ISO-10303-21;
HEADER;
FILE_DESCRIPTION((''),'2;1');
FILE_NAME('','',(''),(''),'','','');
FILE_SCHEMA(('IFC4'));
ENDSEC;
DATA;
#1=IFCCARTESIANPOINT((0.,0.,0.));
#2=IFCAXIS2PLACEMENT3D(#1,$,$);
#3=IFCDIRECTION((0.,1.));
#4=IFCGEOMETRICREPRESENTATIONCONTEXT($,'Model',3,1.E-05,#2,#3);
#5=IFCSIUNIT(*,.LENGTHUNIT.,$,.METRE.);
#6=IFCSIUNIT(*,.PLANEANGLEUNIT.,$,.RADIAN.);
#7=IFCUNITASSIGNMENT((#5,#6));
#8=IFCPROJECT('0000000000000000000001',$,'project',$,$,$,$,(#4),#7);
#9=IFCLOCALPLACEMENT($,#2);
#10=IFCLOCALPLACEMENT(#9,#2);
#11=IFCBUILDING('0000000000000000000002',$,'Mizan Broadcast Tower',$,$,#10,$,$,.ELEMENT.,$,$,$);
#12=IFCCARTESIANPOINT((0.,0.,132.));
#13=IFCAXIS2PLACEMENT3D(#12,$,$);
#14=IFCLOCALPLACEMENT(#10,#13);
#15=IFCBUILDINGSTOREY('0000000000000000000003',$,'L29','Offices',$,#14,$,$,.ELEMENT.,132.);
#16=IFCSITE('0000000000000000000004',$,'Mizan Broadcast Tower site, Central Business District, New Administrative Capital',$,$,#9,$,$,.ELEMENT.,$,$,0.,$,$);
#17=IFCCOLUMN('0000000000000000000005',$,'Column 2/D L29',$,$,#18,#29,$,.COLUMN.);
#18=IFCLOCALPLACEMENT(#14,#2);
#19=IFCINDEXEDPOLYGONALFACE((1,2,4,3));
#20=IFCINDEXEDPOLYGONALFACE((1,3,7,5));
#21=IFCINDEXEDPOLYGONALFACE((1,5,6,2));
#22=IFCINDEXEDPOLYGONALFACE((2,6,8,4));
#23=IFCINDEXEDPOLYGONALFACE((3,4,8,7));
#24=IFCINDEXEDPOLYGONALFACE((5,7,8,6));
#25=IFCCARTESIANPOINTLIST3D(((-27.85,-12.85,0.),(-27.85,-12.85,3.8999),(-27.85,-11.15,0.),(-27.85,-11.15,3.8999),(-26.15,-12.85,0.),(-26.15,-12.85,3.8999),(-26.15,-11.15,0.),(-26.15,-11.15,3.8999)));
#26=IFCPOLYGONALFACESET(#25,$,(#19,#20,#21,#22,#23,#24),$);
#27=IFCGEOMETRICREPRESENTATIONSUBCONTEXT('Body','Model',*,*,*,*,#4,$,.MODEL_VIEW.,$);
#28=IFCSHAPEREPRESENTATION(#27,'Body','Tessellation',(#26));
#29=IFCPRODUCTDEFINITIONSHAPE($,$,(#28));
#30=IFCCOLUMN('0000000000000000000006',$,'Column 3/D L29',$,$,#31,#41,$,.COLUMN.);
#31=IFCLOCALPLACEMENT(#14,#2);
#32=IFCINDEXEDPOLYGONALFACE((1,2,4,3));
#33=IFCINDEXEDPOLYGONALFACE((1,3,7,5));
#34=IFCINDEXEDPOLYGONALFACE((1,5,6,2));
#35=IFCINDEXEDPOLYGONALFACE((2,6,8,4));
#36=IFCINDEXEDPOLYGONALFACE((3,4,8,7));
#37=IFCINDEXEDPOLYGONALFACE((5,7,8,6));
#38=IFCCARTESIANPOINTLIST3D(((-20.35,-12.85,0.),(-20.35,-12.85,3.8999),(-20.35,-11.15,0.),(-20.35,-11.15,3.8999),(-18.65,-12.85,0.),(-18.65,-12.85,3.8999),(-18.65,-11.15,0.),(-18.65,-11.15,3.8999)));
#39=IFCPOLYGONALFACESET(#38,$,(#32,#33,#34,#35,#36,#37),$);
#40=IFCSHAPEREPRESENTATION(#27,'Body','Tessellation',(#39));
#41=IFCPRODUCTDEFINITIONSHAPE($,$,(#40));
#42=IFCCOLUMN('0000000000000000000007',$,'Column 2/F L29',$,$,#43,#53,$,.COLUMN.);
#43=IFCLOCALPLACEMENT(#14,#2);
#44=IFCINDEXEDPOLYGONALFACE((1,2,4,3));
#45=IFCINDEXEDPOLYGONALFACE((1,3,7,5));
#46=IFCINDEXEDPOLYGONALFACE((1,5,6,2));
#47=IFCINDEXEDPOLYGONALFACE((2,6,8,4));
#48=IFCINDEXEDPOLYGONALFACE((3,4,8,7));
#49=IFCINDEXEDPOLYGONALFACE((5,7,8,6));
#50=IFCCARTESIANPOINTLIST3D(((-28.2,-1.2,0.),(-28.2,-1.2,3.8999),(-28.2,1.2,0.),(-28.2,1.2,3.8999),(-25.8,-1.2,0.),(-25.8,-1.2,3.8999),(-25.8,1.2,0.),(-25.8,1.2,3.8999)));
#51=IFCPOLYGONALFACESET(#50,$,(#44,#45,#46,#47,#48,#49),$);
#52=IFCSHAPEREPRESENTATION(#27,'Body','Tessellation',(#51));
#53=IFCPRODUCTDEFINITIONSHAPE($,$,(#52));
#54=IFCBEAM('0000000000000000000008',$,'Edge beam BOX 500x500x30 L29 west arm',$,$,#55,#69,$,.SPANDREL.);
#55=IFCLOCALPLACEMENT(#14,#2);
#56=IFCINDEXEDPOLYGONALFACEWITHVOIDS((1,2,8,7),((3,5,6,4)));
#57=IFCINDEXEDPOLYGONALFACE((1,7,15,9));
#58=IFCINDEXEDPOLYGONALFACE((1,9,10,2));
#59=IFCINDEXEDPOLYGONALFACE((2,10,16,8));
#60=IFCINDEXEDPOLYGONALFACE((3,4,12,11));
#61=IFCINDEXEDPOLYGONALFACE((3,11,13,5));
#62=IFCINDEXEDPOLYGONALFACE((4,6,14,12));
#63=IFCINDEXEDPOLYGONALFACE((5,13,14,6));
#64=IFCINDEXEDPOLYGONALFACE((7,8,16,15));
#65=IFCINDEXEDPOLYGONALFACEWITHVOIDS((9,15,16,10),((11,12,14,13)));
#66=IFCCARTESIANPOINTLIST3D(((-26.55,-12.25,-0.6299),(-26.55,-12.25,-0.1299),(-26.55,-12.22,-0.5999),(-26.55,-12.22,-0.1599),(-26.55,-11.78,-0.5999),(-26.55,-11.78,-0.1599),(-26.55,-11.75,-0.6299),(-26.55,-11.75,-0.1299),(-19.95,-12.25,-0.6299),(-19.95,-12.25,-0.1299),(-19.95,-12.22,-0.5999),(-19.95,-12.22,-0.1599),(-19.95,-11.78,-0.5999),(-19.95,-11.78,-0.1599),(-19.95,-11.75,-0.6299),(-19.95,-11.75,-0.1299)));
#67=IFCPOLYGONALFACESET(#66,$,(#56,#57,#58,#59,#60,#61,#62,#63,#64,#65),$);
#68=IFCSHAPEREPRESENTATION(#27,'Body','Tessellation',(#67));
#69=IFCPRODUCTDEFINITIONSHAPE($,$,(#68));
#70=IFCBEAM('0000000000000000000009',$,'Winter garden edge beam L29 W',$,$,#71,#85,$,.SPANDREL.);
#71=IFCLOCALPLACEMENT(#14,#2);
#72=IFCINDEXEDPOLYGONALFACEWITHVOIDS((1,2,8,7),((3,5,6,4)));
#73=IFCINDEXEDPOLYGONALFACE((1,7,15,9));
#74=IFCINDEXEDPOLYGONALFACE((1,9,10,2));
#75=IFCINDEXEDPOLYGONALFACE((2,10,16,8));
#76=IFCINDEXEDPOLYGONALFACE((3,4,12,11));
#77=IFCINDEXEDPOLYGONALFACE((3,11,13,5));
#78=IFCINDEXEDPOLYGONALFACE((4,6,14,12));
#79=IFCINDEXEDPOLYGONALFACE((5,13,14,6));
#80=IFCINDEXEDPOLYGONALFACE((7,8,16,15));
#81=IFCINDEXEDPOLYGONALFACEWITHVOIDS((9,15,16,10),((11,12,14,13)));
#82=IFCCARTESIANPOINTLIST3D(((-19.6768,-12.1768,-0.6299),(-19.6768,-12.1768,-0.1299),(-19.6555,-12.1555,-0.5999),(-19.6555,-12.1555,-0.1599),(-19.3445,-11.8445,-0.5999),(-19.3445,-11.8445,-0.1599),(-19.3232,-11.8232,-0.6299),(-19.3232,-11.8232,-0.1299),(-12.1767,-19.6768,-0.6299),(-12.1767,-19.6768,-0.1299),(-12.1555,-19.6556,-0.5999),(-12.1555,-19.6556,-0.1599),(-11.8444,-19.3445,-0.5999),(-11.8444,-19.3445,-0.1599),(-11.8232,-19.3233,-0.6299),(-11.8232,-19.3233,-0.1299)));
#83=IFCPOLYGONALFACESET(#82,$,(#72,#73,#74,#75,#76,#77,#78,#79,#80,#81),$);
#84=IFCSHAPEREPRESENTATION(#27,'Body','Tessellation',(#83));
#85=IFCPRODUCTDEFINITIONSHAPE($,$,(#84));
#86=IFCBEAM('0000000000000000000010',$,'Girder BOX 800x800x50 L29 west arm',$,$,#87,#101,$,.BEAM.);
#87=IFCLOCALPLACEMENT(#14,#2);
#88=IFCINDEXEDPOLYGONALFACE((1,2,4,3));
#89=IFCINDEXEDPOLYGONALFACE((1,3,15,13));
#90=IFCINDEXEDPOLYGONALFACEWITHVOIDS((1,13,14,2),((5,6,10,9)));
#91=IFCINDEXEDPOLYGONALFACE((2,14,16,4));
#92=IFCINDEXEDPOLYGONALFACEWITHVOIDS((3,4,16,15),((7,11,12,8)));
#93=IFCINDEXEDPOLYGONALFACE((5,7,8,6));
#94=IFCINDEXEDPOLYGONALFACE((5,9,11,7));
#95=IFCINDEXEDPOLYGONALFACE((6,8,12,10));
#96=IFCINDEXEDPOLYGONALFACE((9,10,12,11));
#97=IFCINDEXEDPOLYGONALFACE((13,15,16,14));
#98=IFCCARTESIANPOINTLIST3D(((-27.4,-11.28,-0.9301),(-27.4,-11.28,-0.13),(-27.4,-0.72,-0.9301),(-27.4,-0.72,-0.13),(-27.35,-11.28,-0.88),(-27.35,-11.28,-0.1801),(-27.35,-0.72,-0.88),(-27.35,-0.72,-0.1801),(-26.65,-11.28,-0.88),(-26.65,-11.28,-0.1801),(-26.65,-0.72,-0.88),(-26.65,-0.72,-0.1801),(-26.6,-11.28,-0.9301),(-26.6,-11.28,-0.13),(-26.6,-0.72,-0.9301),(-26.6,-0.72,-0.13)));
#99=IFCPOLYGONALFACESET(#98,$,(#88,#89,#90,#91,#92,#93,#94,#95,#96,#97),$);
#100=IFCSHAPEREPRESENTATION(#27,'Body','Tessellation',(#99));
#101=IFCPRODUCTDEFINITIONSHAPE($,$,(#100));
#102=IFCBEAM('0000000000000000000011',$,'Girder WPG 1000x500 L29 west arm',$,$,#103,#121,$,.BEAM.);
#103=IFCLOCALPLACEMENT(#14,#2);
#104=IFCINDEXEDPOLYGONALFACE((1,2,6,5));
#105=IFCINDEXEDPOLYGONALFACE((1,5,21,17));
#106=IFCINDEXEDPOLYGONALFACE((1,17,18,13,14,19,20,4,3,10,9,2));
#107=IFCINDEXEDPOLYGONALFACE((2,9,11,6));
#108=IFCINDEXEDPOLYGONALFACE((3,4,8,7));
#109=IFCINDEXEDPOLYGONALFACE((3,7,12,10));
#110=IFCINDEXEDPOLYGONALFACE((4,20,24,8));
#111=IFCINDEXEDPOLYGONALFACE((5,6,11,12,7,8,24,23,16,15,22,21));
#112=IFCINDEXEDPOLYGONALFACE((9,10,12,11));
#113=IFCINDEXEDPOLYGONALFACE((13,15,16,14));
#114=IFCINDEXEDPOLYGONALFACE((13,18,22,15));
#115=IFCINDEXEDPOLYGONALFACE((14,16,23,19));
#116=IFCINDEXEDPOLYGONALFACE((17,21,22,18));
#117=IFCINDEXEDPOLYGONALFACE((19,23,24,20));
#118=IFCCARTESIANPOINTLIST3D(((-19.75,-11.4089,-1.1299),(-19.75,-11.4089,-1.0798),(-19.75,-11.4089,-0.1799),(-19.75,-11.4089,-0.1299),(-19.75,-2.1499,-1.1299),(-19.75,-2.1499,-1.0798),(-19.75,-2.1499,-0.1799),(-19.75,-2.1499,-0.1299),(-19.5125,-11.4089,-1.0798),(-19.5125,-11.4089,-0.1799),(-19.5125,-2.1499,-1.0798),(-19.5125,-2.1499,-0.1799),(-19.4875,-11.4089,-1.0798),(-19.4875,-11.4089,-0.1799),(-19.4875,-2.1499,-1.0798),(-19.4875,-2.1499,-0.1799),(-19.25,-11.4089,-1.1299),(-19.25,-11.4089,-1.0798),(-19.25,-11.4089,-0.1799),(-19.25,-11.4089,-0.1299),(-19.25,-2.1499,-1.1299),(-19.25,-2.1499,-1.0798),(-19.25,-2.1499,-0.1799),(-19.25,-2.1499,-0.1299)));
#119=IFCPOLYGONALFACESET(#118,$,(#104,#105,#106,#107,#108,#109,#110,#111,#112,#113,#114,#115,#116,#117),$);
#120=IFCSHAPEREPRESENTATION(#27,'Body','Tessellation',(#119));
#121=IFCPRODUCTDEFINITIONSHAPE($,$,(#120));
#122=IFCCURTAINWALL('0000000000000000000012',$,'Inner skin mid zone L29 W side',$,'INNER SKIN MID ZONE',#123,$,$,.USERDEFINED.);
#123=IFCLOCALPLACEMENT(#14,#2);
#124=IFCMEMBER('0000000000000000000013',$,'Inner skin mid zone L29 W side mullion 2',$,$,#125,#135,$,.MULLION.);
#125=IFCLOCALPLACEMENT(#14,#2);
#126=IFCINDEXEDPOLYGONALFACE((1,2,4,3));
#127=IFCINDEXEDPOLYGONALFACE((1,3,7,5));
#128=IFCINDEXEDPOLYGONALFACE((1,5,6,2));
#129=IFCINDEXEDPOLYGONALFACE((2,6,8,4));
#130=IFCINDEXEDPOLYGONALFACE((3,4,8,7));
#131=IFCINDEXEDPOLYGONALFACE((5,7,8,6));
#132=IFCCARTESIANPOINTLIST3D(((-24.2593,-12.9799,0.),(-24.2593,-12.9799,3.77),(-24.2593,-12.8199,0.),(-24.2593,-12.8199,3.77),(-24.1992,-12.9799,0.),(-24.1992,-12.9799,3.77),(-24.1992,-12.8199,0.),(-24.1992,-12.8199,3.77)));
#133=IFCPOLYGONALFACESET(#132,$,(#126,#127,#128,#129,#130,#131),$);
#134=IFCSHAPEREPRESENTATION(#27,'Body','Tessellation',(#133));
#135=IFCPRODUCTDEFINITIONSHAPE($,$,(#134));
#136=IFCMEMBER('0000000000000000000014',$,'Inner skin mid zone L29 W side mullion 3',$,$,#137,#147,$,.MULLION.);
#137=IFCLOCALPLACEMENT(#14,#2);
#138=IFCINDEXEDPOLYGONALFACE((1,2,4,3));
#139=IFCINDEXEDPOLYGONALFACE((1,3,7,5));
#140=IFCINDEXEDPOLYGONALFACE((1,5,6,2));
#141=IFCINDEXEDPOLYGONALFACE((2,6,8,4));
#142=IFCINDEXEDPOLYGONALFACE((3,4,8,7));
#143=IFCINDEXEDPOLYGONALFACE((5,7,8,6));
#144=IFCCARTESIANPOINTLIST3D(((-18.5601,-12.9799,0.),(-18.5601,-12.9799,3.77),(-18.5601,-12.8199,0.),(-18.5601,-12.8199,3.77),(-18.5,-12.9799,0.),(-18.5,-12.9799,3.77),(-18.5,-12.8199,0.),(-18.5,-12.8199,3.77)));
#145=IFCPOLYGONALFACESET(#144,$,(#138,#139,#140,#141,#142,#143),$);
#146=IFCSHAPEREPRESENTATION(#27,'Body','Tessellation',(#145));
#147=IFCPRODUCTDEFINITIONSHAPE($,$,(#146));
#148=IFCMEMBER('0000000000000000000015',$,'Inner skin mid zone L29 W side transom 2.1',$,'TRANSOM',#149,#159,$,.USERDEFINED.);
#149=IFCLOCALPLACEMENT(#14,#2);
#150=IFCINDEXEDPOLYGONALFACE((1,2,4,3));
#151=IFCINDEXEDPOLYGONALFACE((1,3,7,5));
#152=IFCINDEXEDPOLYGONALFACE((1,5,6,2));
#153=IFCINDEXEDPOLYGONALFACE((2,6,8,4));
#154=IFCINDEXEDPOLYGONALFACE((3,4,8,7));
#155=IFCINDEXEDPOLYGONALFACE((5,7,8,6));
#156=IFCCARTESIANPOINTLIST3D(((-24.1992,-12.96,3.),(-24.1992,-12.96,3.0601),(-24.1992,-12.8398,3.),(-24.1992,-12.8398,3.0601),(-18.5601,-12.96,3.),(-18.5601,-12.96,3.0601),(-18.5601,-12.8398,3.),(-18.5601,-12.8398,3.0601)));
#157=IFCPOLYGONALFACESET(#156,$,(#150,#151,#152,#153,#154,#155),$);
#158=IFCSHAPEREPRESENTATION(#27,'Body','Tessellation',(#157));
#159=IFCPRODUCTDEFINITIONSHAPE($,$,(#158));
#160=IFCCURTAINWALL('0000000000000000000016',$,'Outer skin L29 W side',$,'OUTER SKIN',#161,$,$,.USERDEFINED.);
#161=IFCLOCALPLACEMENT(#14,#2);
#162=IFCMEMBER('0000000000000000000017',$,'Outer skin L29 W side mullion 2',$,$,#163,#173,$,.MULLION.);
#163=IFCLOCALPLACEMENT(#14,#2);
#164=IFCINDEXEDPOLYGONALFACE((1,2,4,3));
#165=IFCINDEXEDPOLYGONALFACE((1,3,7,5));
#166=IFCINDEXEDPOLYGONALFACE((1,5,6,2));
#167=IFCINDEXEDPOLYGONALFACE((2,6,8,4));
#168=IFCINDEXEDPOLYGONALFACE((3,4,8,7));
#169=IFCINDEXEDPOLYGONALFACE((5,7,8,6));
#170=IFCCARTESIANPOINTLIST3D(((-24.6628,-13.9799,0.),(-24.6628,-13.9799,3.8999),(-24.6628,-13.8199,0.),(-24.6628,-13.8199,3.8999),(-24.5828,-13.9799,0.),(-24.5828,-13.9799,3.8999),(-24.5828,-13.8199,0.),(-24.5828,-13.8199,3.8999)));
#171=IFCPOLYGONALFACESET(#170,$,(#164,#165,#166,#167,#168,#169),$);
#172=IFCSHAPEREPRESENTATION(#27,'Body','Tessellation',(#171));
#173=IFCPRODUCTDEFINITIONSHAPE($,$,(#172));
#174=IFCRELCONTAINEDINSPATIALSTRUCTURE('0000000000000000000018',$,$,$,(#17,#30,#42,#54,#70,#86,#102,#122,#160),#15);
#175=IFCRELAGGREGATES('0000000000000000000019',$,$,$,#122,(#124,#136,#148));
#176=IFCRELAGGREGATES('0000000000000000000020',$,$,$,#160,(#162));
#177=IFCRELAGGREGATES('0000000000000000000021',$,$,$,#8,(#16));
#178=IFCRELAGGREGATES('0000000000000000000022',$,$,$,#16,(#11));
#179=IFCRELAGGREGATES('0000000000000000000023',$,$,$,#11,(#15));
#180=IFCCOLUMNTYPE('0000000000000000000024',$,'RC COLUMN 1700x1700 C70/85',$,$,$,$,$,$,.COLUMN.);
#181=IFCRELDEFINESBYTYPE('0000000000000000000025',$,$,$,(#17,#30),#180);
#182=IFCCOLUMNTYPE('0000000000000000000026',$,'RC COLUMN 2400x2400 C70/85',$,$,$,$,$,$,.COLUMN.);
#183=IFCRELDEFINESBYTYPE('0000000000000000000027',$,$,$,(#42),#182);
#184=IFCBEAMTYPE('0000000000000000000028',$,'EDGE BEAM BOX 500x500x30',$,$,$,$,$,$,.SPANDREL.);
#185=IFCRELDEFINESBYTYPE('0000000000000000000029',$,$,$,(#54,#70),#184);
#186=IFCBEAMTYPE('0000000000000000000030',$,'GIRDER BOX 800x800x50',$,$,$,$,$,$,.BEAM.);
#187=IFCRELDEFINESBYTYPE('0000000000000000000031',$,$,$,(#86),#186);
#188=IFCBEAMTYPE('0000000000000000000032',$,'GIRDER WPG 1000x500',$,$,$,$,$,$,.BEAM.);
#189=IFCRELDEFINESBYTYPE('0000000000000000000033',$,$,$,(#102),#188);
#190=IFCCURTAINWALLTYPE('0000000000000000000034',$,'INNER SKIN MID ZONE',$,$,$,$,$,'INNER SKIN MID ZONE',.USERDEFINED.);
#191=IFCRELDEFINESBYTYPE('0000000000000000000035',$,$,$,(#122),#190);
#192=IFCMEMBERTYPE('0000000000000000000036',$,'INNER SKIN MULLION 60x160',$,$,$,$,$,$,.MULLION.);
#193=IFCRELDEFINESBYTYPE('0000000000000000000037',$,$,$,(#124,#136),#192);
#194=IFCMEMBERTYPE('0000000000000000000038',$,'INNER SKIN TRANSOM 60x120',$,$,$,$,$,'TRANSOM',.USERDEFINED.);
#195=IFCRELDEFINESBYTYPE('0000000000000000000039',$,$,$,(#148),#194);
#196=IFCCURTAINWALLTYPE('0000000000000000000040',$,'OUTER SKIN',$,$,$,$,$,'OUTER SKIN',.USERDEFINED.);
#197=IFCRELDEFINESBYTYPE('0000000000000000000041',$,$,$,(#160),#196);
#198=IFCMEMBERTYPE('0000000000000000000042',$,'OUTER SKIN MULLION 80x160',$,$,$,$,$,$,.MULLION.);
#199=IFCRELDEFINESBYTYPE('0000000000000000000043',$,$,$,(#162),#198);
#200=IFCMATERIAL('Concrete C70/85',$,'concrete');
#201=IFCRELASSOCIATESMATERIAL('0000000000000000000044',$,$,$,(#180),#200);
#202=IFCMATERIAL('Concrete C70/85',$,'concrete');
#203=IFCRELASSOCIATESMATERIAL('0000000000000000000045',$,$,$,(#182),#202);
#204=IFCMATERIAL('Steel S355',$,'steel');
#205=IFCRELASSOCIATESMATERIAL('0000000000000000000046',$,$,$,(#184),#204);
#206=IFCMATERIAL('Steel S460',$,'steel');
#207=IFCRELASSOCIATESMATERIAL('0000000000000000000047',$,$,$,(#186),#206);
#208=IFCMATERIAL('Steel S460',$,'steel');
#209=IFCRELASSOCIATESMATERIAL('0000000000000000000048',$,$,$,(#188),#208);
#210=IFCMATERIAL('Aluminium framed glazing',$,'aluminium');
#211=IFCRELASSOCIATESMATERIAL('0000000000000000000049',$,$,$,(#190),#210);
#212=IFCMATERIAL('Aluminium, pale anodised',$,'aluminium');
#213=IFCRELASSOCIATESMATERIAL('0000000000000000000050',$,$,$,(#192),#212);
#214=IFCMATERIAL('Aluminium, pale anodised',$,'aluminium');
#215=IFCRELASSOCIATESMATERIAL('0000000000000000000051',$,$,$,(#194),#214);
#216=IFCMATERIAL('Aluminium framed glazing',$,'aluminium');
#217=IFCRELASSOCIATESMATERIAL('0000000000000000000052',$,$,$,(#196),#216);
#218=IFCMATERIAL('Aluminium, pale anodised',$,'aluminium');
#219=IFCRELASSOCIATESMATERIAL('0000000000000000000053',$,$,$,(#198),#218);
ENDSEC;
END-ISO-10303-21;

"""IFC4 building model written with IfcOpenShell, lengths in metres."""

from ifc_helpers import new_model, si_unit, direction, frame, origin, origin_2d, place, context, subcontext, project, spatial, rectangle, hollow_rectangle, i_section, extrude, material, material_profile, profile_set, type_object, element, aggregate, save


model = new_model("IFC4")

# Units and contexts
model_context = context("Model", 3, precision=1e-05, world=origin(), true_north=direction((0.0, 1.0)))
body_context = subcontext(model_context, "Body", "Model", "MODEL_VIEW")
ifc_project = project(units=[si_unit("LENGTHUNIT", "METRE"), si_unit("PLANEANGLEUNIT", "RADIAN")], contexts=[model_context])

# Site, building, storey
site_placement = place(None, origin())
site = spatial("IfcSite", under=ifc_project, at=site_placement, Name="Mizan Broadcast Tower site, Central Business District, New Administrative Capital", CompositionType="ELEMENT", RefElevation=0.0)
building_placement = place(site_placement, origin())
building = spatial("IfcBuilding", under=site, at=building_placement, Name="Mizan Broadcast Tower", CompositionType="ELEMENT")
storey_placement = place(building_placement, frame((0.0, 0.0, 132.0)))
storey = spatial("IfcBuildingStorey", under=building, at=storey_placement, Name="L29", Description="Offices", CompositionType="ELEMENT", Elevation=132.0)

# Columns
ifc_material_1 = material(Name="Concrete C70/85", Category="concrete")
ifc_material_profile_1 = material_profile(ifc_material_1, rectangle(XDim=1.7, YDim=1.7, at=origin_2d()), Name="RC 1700x1700")
ifc_profile_set_1 = profile_set([ifc_material_profile_1], Name="Concrete C70/85")
column_type_1 = type_object("IfcColumnType", Name="RC COLUMN 1700x1700 C70/85", PredefinedType="COLUMN", material=ifc_profile_set_1)
for number, where, z_axis, x_axis, name in (
    (1, (-27.0, -12.0, 0.0), (0.0, 0.0, 1.0), (1.0, 0.0, 0.0), "Column 2/D L29"),
    (2, (-19.5, -12.0, 0.0), (0.0, 0.0, 1.0), (1.0, 0.0, 0.0), "Column 3/D L29"),
):
    element("IfcColumn", number, at=place(storey_placement, frame(where, z_axis=z_axis, x_axis=x_axis)), inside=storey, type_object=column_type_1, Name=name, PredefinedType="COLUMN", context=body_context, shape_type="SweptSolid", body=[
        extrude(rectangle(XDim=1.7, YDim=1.7, at=origin_2d()), origin(), (0.0, 0.0, 1.0), 3.8999),
    ])
ifc_material_2 = material(Name="Concrete C70/85", Category="concrete")
ifc_material_profile_2 = material_profile(ifc_material_2, rectangle(XDim=2.3999, YDim=2.3999, at=origin_2d()), Name="RC 2400x2400")
ifc_profile_set_2 = profile_set([ifc_material_profile_2], Name="Concrete C70/85")
column_type_2 = type_object("IfcColumnType", Name="RC COLUMN 2400x2400 C70/85", PredefinedType="COLUMN", material=ifc_profile_set_2)
column_placement = place(storey_placement, frame((-27.0, 0.0, 0.0), z_axis=(0.0, 0.0, 1.0), x_axis=(1.0, 0.0, 0.0)))
element("IfcColumn", 3, at=column_placement, inside=storey, type_object=column_type_2, Name="Column 2/F L29", PredefinedType="COLUMN", context=body_context, shape_type="SweptSolid", body=[
    extrude(rectangle(XDim=2.3999, YDim=2.3999, at=origin_2d()), origin(), (0.0, 0.0, 1.0), 3.8999),
])

# Beams
ifc_material_3 = material(Name="Steel S355", Category="steel")
ifc_material_profile_3 = material_profile(ifc_material_3, hollow_rectangle(XDim=0.5, YDim=0.5, WallThickness=0.03, at=origin_2d()), Name="BOX 500x500x30")
ifc_profile_set_3 = profile_set([ifc_material_profile_3], Name="Steel S355")
beam_type_1 = type_object("IfcBeamType", Name="EDGE BEAM BOX 500x500x30", PredefinedType="SPANDREL", material=ifc_profile_set_3)
beam_1_placement = place(storey_placement, frame((-19.95, -12.0, -0.3799), z_axis=(-1.0, 0.0, 0.0), x_axis=(0.0, -1.0, 0.0)))
element("IfcBeam", 4, at=beam_1_placement, inside=storey, type_object=beam_type_1, Name="Edge beam BOX 500x500x30 L29 west arm", PredefinedType="SPANDREL", context=body_context, shape_type="SweptSolid", body=[
    extrude(hollow_rectangle(XDim=0.5, YDim=0.5, WallThickness=0.03, at=origin_2d()), origin(), (0.0, 0.0, 1.0), 6.6001),
])
beam_2_placement = place(storey_placement, frame((-19.5, -12.0, -0.3799), z_axis=(0.707107, -0.707107, 0.0), x_axis=(0.707107, 0.707107, 0.0)))
element("IfcBeam", 5, at=beam_2_placement, inside=storey, type_object=beam_type_1, Name="Winter garden edge beam L29 W", PredefinedType="SPANDREL", context=body_context, shape_type="SweptSolid", body=[
    extrude(hollow_rectangle(XDim=0.5, YDim=0.5, WallThickness=0.03, at=origin_2d()), origin(), (0.0, 0.0, 1.0), 10.6067),
])
ifc_material_4 = material(Name="Steel S460", Category="steel")
ifc_material_profile_4 = material_profile(ifc_material_4, hollow_rectangle(XDim=0.8, YDim=0.8, WallThickness=0.05, at=origin_2d()), Name="BOX 800x800x50")
ifc_profile_set_4 = profile_set([ifc_material_profile_4], Name="Steel S460")
beam_type_2 = type_object("IfcBeamType", Name="GIRDER BOX 800x800x50", PredefinedType="BEAM", material=ifc_profile_set_4)
beam_3_placement = place(storey_placement, frame((-27.0, -11.28, -0.53), z_axis=(0.0, 1.0, 0.0), x_axis=(-1.0, 0.0, 0.0)))
element("IfcBeam", 6, at=beam_3_placement, inside=storey, type_object=beam_type_2, Name="Girder BOX 800x800x50 L29 west arm", PredefinedType="BEAM", context=body_context, shape_type="SweptSolid", body=[
    extrude(hollow_rectangle(XDim=0.8, YDim=0.8, WallThickness=0.05, at=origin_2d()), origin(), (0.0, 0.0, 1.0), 10.5601),
])
ifc_material_5 = material(Name="Steel S460", Category="steel")
ifc_material_profile_5 = material_profile(ifc_material_5, i_section(OverallWidth=0.5, OverallDepth=1.0, WebThickness=0.0249, FlangeThickness=0.05, at=origin_2d()), Name="WPG 1000x500")
ifc_profile_set_5 = profile_set([ifc_material_profile_5], Name="Steel S460")
beam_type_3 = type_object("IfcBeamType", Name="GIRDER WPG 1000x500", PredefinedType="BEAM", material=ifc_profile_set_5)
beam_4_placement = place(storey_placement, frame((-19.5, -11.4089, -0.6299), z_axis=(0.0, 1.0, 0.0), x_axis=(-1.0, 0.0, 0.0)))
element("IfcBeam", 7, at=beam_4_placement, inside=storey, type_object=beam_type_3, Name="Girder WPG 1000x500 L29 west arm", PredefinedType="BEAM", context=body_context, shape_type="SweptSolid", body=[
    extrude(i_section(OverallWidth=0.5, OverallDepth=1.0, WebThickness=0.0249, FlangeThickness=0.05, at=origin_2d()), origin(), (0.0, 0.0, 1.0), 9.259),
])

# Curtain walls, members
ifc_material_6 = material(Name="Aluminium framed glazing", Category="aluminium")
curtain_wall_type_1 = type_object("IfcCurtainWallType", Name="INNER SKIN MID ZONE", ElementType="INNER SKIN MID ZONE", PredefinedType="USERDEFINED", material=ifc_material_6)
curtain_wall_1_placement = place(storey_placement, origin())
curtain_wall_1 = element("IfcCurtainWall", 8, at=curtain_wall_1_placement, inside=storey, type_object=curtain_wall_type_1, Name="Inner skin mid zone L29 W side", ObjectType="INNER SKIN MID ZONE", PredefinedType="USERDEFINED")
ifc_material_7 = material(Name="Aluminium, pale anodised", Category="aluminium")
ifc_material_profile_6 = material_profile(ifc_material_7, rectangle(XDim=0.1599, YDim=0.0601, at=origin_2d()), Name="MULLION 160x60")
ifc_profile_set_6 = profile_set([ifc_material_profile_6], Name="Aluminium, pale anodised")
member_type_1 = type_object("IfcMemberType", Name="INNER SKIN MULLION 60x160", PredefinedType="MULLION", material=ifc_profile_set_6)
member_1_placement = place(storey_placement, frame((-24.2292, -12.8999, 0.0), z_axis=(0.0, 0.0, 1.0), x_axis=(0.0, 1.0, 0.0)))
member_1 = element("IfcMember", 9, at=member_1_placement, type_object=member_type_1, Name="Inner skin mid zone L29 W side mullion 2", PredefinedType="MULLION", context=body_context, shape_type="SweptSolid", body=[
    extrude(rectangle(XDim=0.1599, YDim=0.0601, at=origin_2d()), origin(), (0.0, 0.0, 1.0), 3.77),
])
member_2_placement = place(storey_placement, frame((-18.53, -12.8999, 0.0), z_axis=(0.0, 0.0, 1.0), x_axis=(0.0, 1.0, 0.0)))
member_2 = element("IfcMember", 10, at=member_2_placement, type_object=member_type_1, Name="Inner skin mid zone L29 W side mullion 3", PredefinedType="MULLION", context=body_context, shape_type="SweptSolid", body=[
    extrude(rectangle(XDim=0.1599, YDim=0.0601, at=origin_2d()), origin(), (0.0, 0.0, 1.0), 3.77),
])
ifc_material_8 = material(Name="Aluminium, pale anodised", Category="aluminium")
ifc_material_profile_7 = material_profile(ifc_material_8, rectangle(XDim=0.1201, YDim=0.0601, at=origin_2d()), Name="TRANSOM 120x60")
ifc_profile_set_7 = profile_set([ifc_material_profile_7], Name="Aluminium, pale anodised")
member_type_2 = type_object("IfcMemberType", Name="INNER SKIN TRANSOM 60x120", ElementType="TRANSOM", PredefinedType="USERDEFINED", material=ifc_profile_set_7)
member_3_placement = place(storey_placement, frame((-24.1992, -12.8999, 3.03), z_axis=(1.0, 0.0, 0.0), x_axis=(0.0, 1.0, 0.0)))
member_3 = element("IfcMember", 11, at=member_3_placement, type_object=member_type_2, Name="Inner skin mid zone L29 W side transom 2.1", ObjectType="TRANSOM", PredefinedType="USERDEFINED", context=body_context, shape_type="SweptSolid", body=[
    extrude(rectangle(XDim=0.1201, YDim=0.0601, at=origin_2d()), origin(), (0.0, 0.0, 1.0), 5.6392),
])
ifc_material_9 = material(Name="Aluminium framed glazing", Category="aluminium")
curtain_wall_type_2 = type_object("IfcCurtainWallType", Name="OUTER SKIN", ElementType="OUTER SKIN", PredefinedType="USERDEFINED", material=ifc_material_9)
curtain_wall_2_placement = place(storey_placement, origin())
curtain_wall_2 = element("IfcCurtainWall", 12, at=curtain_wall_2_placement, inside=storey, type_object=curtain_wall_type_2, Name="Outer skin L29 W side", ObjectType="OUTER SKIN", PredefinedType="USERDEFINED")
ifc_material_10 = material(Name="Aluminium, pale anodised", Category="aluminium")
ifc_material_profile_8 = material_profile(ifc_material_10, rectangle(XDim=0.1599, YDim=0.0801, at=origin_2d()), Name="MULLION 160x80")
ifc_profile_set_8 = profile_set([ifc_material_profile_8], Name="Aluminium, pale anodised")
member_type_3 = type_object("IfcMemberType", Name="OUTER SKIN MULLION 80x160", PredefinedType="MULLION", material=ifc_profile_set_8)
member_4_placement = place(storey_placement, frame((-24.6228, -13.8999, 0.0), z_axis=(0.0, 0.0, 1.0), x_axis=(0.0, 1.0, 0.0)))
member_4 = element("IfcMember", 13, at=member_4_placement, type_object=member_type_3, Name="Outer skin L29 W side mullion 2", PredefinedType="MULLION", context=body_context, shape_type="SweptSolid", body=[
    extrude(rectangle(XDim=0.1599, YDim=0.0801, at=origin_2d()), origin(), (0.0, 0.0, 1.0), 3.8999),
])

aggregate(curtain_wall_1, [member_1, member_2, member_3])
aggregate(curtain_wall_2, [member_4])

save(model, "model.ifc")
